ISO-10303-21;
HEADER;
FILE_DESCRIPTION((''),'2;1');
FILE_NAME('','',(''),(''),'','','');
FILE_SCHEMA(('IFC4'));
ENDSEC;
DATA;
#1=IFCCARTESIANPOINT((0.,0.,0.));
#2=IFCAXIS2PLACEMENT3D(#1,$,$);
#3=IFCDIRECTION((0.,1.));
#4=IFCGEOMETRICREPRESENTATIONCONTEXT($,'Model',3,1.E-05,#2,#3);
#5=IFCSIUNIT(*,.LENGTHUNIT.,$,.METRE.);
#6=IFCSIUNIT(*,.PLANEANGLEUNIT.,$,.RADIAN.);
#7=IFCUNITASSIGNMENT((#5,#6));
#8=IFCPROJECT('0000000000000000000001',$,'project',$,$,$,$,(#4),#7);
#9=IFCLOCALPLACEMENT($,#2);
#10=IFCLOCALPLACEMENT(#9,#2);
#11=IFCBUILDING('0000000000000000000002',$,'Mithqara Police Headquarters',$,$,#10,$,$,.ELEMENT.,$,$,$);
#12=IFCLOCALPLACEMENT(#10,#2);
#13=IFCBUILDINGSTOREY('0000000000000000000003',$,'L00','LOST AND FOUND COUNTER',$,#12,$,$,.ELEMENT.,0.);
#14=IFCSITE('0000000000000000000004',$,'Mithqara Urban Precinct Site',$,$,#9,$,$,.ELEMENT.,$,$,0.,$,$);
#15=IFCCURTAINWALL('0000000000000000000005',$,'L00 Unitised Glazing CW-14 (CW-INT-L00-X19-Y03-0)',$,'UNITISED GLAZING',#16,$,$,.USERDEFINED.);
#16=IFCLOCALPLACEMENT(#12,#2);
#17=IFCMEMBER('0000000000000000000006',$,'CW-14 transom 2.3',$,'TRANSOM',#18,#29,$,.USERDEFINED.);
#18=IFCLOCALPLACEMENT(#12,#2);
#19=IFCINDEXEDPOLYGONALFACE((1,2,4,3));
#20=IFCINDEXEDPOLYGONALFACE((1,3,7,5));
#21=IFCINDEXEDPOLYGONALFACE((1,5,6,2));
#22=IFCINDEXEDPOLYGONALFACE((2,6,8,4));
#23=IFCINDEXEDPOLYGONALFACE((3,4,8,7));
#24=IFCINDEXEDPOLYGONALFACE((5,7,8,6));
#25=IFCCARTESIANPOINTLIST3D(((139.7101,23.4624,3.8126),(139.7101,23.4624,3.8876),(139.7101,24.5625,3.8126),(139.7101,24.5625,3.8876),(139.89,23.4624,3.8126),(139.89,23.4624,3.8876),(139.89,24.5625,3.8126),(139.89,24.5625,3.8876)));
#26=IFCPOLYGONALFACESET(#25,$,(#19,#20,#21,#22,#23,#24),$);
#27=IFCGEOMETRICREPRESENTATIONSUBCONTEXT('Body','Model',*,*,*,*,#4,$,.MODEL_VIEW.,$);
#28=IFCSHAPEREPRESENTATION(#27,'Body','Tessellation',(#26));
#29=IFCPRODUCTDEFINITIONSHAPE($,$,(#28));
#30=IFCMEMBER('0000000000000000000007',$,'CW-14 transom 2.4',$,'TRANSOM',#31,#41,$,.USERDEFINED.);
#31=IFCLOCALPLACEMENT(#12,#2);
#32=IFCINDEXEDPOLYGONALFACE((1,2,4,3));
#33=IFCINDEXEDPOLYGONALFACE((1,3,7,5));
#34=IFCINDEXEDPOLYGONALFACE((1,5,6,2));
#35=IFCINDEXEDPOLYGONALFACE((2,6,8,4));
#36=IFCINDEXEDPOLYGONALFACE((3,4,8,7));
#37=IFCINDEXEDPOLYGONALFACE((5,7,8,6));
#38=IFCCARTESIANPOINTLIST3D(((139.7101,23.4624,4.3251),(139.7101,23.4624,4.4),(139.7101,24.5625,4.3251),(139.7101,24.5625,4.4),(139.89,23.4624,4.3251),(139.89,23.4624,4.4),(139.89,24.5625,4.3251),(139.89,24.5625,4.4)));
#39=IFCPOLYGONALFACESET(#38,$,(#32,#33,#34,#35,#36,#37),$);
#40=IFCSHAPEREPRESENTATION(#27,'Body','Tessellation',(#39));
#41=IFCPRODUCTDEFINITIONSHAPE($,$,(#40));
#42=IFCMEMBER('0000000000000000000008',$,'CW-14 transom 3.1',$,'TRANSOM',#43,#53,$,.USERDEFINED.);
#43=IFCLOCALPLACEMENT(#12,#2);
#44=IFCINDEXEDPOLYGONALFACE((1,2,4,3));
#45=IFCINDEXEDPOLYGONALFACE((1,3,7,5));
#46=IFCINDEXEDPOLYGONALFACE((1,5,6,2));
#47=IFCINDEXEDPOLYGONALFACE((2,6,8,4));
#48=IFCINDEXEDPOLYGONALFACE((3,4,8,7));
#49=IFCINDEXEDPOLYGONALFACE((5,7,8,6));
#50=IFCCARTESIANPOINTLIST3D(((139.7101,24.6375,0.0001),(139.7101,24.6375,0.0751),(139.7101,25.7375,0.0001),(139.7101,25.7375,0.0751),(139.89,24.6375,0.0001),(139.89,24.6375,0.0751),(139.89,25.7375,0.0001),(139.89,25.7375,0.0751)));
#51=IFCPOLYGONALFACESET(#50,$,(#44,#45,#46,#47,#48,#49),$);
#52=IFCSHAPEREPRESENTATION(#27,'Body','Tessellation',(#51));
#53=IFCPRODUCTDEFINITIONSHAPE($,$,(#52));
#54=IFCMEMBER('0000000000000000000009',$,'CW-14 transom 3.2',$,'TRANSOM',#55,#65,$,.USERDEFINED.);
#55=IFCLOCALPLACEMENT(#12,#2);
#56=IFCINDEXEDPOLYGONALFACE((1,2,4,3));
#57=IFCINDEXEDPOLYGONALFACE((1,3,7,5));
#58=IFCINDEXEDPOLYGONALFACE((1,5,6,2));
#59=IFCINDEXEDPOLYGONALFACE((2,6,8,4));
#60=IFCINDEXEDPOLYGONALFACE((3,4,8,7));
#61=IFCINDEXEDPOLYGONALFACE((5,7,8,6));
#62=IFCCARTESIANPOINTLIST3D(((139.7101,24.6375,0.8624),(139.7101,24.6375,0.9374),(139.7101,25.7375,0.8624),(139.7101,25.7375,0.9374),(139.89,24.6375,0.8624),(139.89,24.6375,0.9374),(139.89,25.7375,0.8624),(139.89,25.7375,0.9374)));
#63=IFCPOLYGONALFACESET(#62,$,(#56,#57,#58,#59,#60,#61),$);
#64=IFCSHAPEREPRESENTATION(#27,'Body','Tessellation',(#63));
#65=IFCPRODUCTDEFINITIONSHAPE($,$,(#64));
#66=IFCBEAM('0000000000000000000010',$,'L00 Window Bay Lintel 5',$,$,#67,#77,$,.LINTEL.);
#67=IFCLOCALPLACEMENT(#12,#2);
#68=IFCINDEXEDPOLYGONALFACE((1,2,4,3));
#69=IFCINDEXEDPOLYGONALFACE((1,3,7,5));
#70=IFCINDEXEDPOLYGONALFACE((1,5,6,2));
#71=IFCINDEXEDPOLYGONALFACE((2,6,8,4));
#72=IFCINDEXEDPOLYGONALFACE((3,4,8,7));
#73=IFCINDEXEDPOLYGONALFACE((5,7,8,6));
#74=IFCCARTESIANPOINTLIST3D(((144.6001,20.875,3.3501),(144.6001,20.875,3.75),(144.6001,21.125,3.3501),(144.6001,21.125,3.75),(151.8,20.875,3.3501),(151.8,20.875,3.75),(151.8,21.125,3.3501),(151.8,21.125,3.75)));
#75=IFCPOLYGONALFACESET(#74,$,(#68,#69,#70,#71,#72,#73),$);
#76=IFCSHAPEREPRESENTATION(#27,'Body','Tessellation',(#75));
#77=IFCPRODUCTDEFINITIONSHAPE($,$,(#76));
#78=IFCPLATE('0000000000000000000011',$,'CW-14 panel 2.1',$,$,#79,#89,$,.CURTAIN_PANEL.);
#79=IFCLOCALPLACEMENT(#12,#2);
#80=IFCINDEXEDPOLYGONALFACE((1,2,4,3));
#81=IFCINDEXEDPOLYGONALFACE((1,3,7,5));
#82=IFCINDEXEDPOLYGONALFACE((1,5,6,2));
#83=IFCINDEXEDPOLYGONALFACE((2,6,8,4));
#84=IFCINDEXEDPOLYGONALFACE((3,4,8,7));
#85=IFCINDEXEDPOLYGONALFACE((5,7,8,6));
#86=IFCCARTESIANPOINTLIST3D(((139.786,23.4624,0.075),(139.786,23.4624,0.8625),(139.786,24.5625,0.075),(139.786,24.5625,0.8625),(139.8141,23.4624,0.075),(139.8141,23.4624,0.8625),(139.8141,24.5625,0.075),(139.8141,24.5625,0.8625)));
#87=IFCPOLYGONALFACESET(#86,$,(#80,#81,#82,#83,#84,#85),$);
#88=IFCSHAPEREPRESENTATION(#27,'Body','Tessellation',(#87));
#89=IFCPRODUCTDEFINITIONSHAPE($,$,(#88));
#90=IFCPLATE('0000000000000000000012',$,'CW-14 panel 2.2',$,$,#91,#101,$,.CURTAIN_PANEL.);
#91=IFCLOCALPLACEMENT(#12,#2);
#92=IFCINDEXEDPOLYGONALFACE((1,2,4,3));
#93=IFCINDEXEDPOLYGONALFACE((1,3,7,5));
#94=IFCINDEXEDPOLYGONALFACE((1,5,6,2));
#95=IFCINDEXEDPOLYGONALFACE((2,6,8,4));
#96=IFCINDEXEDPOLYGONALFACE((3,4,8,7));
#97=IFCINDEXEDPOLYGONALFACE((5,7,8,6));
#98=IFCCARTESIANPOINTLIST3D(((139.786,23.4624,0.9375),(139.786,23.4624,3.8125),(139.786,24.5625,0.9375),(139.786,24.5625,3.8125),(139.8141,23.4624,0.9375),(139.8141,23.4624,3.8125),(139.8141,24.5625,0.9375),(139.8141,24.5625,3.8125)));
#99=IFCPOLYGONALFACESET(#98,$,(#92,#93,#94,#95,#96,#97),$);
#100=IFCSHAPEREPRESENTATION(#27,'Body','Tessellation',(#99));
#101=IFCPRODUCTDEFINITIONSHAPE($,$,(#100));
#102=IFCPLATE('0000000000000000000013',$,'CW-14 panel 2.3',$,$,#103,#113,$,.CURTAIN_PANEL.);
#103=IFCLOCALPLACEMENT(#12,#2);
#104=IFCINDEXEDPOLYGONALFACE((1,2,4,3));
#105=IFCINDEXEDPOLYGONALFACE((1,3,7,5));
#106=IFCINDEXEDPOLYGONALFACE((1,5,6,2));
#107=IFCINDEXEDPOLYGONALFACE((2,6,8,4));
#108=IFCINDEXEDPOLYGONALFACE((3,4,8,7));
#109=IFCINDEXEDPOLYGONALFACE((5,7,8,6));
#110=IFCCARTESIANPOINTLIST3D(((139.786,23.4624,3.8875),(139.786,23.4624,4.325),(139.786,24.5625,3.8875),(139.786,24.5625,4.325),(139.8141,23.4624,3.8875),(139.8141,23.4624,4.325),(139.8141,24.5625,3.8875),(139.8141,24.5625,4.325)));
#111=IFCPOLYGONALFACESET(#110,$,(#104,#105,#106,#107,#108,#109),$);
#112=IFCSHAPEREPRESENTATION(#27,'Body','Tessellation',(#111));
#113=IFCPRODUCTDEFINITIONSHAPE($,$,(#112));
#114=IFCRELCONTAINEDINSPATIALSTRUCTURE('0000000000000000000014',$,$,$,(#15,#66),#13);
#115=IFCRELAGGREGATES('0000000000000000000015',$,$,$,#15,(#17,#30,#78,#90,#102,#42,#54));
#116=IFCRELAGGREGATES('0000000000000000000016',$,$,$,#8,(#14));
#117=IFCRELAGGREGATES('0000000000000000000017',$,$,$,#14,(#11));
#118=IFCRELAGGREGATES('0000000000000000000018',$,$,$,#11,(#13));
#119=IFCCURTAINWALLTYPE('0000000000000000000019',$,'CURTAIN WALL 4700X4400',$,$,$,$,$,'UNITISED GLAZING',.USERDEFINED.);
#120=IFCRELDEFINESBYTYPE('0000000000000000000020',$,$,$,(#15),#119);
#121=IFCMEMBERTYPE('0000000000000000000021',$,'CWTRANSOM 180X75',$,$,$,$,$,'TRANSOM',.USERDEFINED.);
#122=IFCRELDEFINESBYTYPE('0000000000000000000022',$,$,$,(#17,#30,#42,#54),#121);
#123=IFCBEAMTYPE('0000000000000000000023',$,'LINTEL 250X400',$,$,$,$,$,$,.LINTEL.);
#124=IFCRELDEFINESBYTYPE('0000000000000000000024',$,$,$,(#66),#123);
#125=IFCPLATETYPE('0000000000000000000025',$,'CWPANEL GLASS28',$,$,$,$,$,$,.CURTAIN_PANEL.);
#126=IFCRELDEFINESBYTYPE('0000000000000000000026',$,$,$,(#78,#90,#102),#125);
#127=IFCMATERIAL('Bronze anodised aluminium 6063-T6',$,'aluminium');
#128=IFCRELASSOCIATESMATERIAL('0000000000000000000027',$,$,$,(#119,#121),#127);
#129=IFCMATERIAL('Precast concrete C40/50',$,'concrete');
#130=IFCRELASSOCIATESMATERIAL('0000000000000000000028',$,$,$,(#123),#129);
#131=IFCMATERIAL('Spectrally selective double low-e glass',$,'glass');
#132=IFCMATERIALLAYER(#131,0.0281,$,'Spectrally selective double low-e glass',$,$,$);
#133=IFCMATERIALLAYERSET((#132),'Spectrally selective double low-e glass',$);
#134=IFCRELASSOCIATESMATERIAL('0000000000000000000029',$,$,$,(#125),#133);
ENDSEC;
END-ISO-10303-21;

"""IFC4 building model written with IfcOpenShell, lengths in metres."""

from ifc_helpers import new_model, si_unit, direction, frame, origin, origin_2d, place, context, subcontext, project, spatial, rectangle, extrude, material, layer, layer_set, material_profile, profile_set, type_object, element, aggregate, save


model = new_model("IFC4")

# Units and contexts
model_context = context("Model", 3, precision=1e-05, world=origin(), true_north=direction((0.0, 1.0)))
body_context = subcontext(model_context, "Body", "Model", "MODEL_VIEW")
ifc_project = project(units=[si_unit("LENGTHUNIT", "METRE"), si_unit("PLANEANGLEUNIT", "RADIAN")], contexts=[model_context])

# Site, building, storey
site_placement = place(None, origin())
site = spatial("IfcSite", under=ifc_project, at=site_placement, Name="Mithqara Urban Precinct Site", CompositionType="ELEMENT", RefElevation=0.0)
building_placement = place(site_placement, origin())
building = spatial("IfcBuilding", under=site, at=building_placement, Name="Mithqara Police Headquarters", CompositionType="ELEMENT")
storey_placement = place(building_placement, origin())
storey = spatial("IfcBuildingStorey", under=building, at=storey_placement, Name="L00", Description="LOST AND FOUND COUNTER", CompositionType="ELEMENT", Elevation=0.0)

# Curtain wall, members
ifc_material_1 = material(Name="Bronze anodised aluminium 6063-T6", Category="aluminium")
curtain_wall_type = type_object("IfcCurtainWallType", Name="CURTAIN WALL 4700X4400", ElementType="UNITISED GLAZING", PredefinedType="USERDEFINED", material=ifc_material_1)
curtain_wall_placement = place(storey_placement, origin())
curtain_wall = element("IfcCurtainWall", 1, at=curtain_wall_placement, inside=storey, type_object=curtain_wall_type, Name="L00 Unitised Glazing CW-14 (CW-INT-L00-X19-Y03-0)", ObjectType="UNITISED GLAZING", PredefinedType="USERDEFINED")
ifc_material_profile_1 = material_profile(ifc_material_1, rectangle(XDim=0.1799, YDim=0.075, at=origin_2d()), Name="CWT 180x75")
ifc_profile_set_1 = profile_set([ifc_material_profile_1], Name="Bronze anodised aluminium 6063-T6")
member_type_1 = type_object("IfcMemberType", Name="CWTRANSOM 180X75", ElementType="TRANSOM", PredefinedType="USERDEFINED", material=ifc_profile_set_1)
member_1_placement = place(storey_placement, frame((139.8, 23.4624, 3.8501), z_axis=(0.0, 1.0, 0.0), x_axis=(-1.0, 0.0, 0.0)))
member_1 = element("IfcMember", 2, at=member_1_placement, type_object=member_type_1, Name="CW-14 transom 2.3", ObjectType="TRANSOM", PredefinedType="USERDEFINED", context=body_context, shape_type="SweptSolid", body=[
    extrude(rectangle(XDim=0.1799, YDim=0.075, at=origin_2d()), origin(), (0.0, 0.0, 1.0), 1.1001),
])
member_2_placement = place(storey_placement, frame((139.8, 23.4624, 4.3625), z_axis=(0.0, 1.0, 0.0), x_axis=(-1.0, 0.0, 0.0)))
member_2 = element("IfcMember", 3, at=member_2_placement, type_object=member_type_1, Name="CW-14 transom 2.4", ObjectType="TRANSOM", PredefinedType="USERDEFINED", context=body_context, shape_type="SweptSolid", body=[
    extrude(rectangle(XDim=0.1799, YDim=0.075, at=origin_2d()), origin(), (0.0, 0.0, 1.0), 1.1001),
])
member_3_placement = place(storey_placement, frame((139.8, 24.6375, 0.0376), z_axis=(0.0, 1.0, 0.0), x_axis=(-1.0, 0.0, 0.0)))
member_3 = element("IfcMember", 4, at=member_3_placement, type_object=member_type_1, Name="CW-14 transom 3.1", ObjectType="TRANSOM", PredefinedType="USERDEFINED", context=body_context, shape_type="SweptSolid", body=[
    extrude(rectangle(XDim=0.1799, YDim=0.075, at=origin_2d()), origin(), (0.0, 0.0, 1.0), 1.1001),
])
member_4_placement = place(storey_placement, frame((139.8, 24.6375, 0.8999), z_axis=(0.0, 1.0, 0.0), x_axis=(-1.0, 0.0, 0.0)))
member_4 = element("IfcMember", 5, at=member_4_placement, type_object=member_type_1, Name="CW-14 transom 3.2", ObjectType="TRANSOM", PredefinedType="USERDEFINED", context=body_context, shape_type="SweptSolid", body=[
    extrude(rectangle(XDim=0.1799, YDim=0.075, at=origin_2d()), origin(), (0.0, 0.0, 1.0), 1.1001),
])

# Beam
ifc_material_2 = material(Name="Precast concrete C40/50", Category="concrete")
ifc_material_profile_2 = material_profile(ifc_material_2, rectangle(XDim=0.25, YDim=0.3999, at=origin_2d()), Name="LIN 250x400")
ifc_profile_set_2 = profile_set([ifc_material_profile_2], Name="Precast concrete C40/50")
beam_type_1 = type_object("IfcBeamType", Name="LINTEL 250X400", PredefinedType="LINTEL", material=ifc_profile_set_2)
beam_1_placement = place(storey_placement, frame((144.6001, 21.0, 3.55), z_axis=(1.0, 0.0, 0.0), x_axis=(0.0, 1.0, 0.0)))
element("IfcBeam", 6, at=beam_1_placement, inside=storey, type_object=beam_type_1, Name="L00 Window Bay Lintel 5", PredefinedType="LINTEL", context=body_context, shape_type="SweptSolid", body=[
    extrude(rectangle(XDim=0.25, YDim=0.3999, at=origin_2d()), origin(), (0.0, 0.0, 1.0), 7.2),
])

# Plates
ifc_material_3 = material(Name="Spectrally selective double low-e glass", Category="glass")
ifc_layer_1 = layer(ifc_material_3, 0.0281, Name="Spectrally selective double low-e glass")
ifc_layer_set_1 = layer_set([ifc_layer_1], Name="Spectrally selective double low-e glass")
plate_type = type_object("IfcPlateType", Name="CWPANEL GLASS28", PredefinedType="CURTAIN_PANEL", material=ifc_layer_set_1)
plate_1_placement = place(storey_placement, frame((139.8, 24.0125, 0.075), z_axis=(0.0, 0.0, 1.0), x_axis=(0.0, 1.0, 0.0)))
plate_1 = element("IfcPlate", 7, at=plate_1_placement, type_object=plate_type, Name="CW-14 panel 2.1", PredefinedType="CURTAIN_PANEL", context=body_context, shape_type="SweptSolid", body=[
    extrude(rectangle(XDim=1.1001, YDim=0.0281, at=origin_2d()), origin(), (0.0, 0.0, 1.0), 0.7876),
])
plate_2_placement = place(storey_placement, frame((139.8, 24.0125, 0.9375), z_axis=(0.0, 0.0, 1.0), x_axis=(0.0, 1.0, 0.0)))
plate_2 = element("IfcPlate", 8, at=plate_2_placement, type_object=plate_type, Name="CW-14 panel 2.2", PredefinedType="CURTAIN_PANEL", context=body_context, shape_type="SweptSolid", body=[
    extrude(rectangle(XDim=1.1001, YDim=0.0281, at=origin_2d()), origin(), (0.0, 0.0, 1.0), 2.875),
])
plate_3_placement = place(storey_placement, frame((139.8, 24.0125, 3.8875), z_axis=(0.0, 0.0, 1.0), x_axis=(0.0, 1.0, 0.0)))
plate_3 = element("IfcPlate", 9, at=plate_3_placement, type_object=plate_type, Name="CW-14 panel 2.3", PredefinedType="CURTAIN_PANEL", context=body_context, shape_type="SweptSolid", body=[
    extrude(rectangle(XDim=1.1001, YDim=0.0281, at=origin_2d()), origin(), (0.0, 0.0, 1.0), 0.4375),
])
aggregate(curtain_wall, [member_1, member_2, plate_1, plate_2, plate_3, member_3, member_4])

save(model, "model.ifc")
